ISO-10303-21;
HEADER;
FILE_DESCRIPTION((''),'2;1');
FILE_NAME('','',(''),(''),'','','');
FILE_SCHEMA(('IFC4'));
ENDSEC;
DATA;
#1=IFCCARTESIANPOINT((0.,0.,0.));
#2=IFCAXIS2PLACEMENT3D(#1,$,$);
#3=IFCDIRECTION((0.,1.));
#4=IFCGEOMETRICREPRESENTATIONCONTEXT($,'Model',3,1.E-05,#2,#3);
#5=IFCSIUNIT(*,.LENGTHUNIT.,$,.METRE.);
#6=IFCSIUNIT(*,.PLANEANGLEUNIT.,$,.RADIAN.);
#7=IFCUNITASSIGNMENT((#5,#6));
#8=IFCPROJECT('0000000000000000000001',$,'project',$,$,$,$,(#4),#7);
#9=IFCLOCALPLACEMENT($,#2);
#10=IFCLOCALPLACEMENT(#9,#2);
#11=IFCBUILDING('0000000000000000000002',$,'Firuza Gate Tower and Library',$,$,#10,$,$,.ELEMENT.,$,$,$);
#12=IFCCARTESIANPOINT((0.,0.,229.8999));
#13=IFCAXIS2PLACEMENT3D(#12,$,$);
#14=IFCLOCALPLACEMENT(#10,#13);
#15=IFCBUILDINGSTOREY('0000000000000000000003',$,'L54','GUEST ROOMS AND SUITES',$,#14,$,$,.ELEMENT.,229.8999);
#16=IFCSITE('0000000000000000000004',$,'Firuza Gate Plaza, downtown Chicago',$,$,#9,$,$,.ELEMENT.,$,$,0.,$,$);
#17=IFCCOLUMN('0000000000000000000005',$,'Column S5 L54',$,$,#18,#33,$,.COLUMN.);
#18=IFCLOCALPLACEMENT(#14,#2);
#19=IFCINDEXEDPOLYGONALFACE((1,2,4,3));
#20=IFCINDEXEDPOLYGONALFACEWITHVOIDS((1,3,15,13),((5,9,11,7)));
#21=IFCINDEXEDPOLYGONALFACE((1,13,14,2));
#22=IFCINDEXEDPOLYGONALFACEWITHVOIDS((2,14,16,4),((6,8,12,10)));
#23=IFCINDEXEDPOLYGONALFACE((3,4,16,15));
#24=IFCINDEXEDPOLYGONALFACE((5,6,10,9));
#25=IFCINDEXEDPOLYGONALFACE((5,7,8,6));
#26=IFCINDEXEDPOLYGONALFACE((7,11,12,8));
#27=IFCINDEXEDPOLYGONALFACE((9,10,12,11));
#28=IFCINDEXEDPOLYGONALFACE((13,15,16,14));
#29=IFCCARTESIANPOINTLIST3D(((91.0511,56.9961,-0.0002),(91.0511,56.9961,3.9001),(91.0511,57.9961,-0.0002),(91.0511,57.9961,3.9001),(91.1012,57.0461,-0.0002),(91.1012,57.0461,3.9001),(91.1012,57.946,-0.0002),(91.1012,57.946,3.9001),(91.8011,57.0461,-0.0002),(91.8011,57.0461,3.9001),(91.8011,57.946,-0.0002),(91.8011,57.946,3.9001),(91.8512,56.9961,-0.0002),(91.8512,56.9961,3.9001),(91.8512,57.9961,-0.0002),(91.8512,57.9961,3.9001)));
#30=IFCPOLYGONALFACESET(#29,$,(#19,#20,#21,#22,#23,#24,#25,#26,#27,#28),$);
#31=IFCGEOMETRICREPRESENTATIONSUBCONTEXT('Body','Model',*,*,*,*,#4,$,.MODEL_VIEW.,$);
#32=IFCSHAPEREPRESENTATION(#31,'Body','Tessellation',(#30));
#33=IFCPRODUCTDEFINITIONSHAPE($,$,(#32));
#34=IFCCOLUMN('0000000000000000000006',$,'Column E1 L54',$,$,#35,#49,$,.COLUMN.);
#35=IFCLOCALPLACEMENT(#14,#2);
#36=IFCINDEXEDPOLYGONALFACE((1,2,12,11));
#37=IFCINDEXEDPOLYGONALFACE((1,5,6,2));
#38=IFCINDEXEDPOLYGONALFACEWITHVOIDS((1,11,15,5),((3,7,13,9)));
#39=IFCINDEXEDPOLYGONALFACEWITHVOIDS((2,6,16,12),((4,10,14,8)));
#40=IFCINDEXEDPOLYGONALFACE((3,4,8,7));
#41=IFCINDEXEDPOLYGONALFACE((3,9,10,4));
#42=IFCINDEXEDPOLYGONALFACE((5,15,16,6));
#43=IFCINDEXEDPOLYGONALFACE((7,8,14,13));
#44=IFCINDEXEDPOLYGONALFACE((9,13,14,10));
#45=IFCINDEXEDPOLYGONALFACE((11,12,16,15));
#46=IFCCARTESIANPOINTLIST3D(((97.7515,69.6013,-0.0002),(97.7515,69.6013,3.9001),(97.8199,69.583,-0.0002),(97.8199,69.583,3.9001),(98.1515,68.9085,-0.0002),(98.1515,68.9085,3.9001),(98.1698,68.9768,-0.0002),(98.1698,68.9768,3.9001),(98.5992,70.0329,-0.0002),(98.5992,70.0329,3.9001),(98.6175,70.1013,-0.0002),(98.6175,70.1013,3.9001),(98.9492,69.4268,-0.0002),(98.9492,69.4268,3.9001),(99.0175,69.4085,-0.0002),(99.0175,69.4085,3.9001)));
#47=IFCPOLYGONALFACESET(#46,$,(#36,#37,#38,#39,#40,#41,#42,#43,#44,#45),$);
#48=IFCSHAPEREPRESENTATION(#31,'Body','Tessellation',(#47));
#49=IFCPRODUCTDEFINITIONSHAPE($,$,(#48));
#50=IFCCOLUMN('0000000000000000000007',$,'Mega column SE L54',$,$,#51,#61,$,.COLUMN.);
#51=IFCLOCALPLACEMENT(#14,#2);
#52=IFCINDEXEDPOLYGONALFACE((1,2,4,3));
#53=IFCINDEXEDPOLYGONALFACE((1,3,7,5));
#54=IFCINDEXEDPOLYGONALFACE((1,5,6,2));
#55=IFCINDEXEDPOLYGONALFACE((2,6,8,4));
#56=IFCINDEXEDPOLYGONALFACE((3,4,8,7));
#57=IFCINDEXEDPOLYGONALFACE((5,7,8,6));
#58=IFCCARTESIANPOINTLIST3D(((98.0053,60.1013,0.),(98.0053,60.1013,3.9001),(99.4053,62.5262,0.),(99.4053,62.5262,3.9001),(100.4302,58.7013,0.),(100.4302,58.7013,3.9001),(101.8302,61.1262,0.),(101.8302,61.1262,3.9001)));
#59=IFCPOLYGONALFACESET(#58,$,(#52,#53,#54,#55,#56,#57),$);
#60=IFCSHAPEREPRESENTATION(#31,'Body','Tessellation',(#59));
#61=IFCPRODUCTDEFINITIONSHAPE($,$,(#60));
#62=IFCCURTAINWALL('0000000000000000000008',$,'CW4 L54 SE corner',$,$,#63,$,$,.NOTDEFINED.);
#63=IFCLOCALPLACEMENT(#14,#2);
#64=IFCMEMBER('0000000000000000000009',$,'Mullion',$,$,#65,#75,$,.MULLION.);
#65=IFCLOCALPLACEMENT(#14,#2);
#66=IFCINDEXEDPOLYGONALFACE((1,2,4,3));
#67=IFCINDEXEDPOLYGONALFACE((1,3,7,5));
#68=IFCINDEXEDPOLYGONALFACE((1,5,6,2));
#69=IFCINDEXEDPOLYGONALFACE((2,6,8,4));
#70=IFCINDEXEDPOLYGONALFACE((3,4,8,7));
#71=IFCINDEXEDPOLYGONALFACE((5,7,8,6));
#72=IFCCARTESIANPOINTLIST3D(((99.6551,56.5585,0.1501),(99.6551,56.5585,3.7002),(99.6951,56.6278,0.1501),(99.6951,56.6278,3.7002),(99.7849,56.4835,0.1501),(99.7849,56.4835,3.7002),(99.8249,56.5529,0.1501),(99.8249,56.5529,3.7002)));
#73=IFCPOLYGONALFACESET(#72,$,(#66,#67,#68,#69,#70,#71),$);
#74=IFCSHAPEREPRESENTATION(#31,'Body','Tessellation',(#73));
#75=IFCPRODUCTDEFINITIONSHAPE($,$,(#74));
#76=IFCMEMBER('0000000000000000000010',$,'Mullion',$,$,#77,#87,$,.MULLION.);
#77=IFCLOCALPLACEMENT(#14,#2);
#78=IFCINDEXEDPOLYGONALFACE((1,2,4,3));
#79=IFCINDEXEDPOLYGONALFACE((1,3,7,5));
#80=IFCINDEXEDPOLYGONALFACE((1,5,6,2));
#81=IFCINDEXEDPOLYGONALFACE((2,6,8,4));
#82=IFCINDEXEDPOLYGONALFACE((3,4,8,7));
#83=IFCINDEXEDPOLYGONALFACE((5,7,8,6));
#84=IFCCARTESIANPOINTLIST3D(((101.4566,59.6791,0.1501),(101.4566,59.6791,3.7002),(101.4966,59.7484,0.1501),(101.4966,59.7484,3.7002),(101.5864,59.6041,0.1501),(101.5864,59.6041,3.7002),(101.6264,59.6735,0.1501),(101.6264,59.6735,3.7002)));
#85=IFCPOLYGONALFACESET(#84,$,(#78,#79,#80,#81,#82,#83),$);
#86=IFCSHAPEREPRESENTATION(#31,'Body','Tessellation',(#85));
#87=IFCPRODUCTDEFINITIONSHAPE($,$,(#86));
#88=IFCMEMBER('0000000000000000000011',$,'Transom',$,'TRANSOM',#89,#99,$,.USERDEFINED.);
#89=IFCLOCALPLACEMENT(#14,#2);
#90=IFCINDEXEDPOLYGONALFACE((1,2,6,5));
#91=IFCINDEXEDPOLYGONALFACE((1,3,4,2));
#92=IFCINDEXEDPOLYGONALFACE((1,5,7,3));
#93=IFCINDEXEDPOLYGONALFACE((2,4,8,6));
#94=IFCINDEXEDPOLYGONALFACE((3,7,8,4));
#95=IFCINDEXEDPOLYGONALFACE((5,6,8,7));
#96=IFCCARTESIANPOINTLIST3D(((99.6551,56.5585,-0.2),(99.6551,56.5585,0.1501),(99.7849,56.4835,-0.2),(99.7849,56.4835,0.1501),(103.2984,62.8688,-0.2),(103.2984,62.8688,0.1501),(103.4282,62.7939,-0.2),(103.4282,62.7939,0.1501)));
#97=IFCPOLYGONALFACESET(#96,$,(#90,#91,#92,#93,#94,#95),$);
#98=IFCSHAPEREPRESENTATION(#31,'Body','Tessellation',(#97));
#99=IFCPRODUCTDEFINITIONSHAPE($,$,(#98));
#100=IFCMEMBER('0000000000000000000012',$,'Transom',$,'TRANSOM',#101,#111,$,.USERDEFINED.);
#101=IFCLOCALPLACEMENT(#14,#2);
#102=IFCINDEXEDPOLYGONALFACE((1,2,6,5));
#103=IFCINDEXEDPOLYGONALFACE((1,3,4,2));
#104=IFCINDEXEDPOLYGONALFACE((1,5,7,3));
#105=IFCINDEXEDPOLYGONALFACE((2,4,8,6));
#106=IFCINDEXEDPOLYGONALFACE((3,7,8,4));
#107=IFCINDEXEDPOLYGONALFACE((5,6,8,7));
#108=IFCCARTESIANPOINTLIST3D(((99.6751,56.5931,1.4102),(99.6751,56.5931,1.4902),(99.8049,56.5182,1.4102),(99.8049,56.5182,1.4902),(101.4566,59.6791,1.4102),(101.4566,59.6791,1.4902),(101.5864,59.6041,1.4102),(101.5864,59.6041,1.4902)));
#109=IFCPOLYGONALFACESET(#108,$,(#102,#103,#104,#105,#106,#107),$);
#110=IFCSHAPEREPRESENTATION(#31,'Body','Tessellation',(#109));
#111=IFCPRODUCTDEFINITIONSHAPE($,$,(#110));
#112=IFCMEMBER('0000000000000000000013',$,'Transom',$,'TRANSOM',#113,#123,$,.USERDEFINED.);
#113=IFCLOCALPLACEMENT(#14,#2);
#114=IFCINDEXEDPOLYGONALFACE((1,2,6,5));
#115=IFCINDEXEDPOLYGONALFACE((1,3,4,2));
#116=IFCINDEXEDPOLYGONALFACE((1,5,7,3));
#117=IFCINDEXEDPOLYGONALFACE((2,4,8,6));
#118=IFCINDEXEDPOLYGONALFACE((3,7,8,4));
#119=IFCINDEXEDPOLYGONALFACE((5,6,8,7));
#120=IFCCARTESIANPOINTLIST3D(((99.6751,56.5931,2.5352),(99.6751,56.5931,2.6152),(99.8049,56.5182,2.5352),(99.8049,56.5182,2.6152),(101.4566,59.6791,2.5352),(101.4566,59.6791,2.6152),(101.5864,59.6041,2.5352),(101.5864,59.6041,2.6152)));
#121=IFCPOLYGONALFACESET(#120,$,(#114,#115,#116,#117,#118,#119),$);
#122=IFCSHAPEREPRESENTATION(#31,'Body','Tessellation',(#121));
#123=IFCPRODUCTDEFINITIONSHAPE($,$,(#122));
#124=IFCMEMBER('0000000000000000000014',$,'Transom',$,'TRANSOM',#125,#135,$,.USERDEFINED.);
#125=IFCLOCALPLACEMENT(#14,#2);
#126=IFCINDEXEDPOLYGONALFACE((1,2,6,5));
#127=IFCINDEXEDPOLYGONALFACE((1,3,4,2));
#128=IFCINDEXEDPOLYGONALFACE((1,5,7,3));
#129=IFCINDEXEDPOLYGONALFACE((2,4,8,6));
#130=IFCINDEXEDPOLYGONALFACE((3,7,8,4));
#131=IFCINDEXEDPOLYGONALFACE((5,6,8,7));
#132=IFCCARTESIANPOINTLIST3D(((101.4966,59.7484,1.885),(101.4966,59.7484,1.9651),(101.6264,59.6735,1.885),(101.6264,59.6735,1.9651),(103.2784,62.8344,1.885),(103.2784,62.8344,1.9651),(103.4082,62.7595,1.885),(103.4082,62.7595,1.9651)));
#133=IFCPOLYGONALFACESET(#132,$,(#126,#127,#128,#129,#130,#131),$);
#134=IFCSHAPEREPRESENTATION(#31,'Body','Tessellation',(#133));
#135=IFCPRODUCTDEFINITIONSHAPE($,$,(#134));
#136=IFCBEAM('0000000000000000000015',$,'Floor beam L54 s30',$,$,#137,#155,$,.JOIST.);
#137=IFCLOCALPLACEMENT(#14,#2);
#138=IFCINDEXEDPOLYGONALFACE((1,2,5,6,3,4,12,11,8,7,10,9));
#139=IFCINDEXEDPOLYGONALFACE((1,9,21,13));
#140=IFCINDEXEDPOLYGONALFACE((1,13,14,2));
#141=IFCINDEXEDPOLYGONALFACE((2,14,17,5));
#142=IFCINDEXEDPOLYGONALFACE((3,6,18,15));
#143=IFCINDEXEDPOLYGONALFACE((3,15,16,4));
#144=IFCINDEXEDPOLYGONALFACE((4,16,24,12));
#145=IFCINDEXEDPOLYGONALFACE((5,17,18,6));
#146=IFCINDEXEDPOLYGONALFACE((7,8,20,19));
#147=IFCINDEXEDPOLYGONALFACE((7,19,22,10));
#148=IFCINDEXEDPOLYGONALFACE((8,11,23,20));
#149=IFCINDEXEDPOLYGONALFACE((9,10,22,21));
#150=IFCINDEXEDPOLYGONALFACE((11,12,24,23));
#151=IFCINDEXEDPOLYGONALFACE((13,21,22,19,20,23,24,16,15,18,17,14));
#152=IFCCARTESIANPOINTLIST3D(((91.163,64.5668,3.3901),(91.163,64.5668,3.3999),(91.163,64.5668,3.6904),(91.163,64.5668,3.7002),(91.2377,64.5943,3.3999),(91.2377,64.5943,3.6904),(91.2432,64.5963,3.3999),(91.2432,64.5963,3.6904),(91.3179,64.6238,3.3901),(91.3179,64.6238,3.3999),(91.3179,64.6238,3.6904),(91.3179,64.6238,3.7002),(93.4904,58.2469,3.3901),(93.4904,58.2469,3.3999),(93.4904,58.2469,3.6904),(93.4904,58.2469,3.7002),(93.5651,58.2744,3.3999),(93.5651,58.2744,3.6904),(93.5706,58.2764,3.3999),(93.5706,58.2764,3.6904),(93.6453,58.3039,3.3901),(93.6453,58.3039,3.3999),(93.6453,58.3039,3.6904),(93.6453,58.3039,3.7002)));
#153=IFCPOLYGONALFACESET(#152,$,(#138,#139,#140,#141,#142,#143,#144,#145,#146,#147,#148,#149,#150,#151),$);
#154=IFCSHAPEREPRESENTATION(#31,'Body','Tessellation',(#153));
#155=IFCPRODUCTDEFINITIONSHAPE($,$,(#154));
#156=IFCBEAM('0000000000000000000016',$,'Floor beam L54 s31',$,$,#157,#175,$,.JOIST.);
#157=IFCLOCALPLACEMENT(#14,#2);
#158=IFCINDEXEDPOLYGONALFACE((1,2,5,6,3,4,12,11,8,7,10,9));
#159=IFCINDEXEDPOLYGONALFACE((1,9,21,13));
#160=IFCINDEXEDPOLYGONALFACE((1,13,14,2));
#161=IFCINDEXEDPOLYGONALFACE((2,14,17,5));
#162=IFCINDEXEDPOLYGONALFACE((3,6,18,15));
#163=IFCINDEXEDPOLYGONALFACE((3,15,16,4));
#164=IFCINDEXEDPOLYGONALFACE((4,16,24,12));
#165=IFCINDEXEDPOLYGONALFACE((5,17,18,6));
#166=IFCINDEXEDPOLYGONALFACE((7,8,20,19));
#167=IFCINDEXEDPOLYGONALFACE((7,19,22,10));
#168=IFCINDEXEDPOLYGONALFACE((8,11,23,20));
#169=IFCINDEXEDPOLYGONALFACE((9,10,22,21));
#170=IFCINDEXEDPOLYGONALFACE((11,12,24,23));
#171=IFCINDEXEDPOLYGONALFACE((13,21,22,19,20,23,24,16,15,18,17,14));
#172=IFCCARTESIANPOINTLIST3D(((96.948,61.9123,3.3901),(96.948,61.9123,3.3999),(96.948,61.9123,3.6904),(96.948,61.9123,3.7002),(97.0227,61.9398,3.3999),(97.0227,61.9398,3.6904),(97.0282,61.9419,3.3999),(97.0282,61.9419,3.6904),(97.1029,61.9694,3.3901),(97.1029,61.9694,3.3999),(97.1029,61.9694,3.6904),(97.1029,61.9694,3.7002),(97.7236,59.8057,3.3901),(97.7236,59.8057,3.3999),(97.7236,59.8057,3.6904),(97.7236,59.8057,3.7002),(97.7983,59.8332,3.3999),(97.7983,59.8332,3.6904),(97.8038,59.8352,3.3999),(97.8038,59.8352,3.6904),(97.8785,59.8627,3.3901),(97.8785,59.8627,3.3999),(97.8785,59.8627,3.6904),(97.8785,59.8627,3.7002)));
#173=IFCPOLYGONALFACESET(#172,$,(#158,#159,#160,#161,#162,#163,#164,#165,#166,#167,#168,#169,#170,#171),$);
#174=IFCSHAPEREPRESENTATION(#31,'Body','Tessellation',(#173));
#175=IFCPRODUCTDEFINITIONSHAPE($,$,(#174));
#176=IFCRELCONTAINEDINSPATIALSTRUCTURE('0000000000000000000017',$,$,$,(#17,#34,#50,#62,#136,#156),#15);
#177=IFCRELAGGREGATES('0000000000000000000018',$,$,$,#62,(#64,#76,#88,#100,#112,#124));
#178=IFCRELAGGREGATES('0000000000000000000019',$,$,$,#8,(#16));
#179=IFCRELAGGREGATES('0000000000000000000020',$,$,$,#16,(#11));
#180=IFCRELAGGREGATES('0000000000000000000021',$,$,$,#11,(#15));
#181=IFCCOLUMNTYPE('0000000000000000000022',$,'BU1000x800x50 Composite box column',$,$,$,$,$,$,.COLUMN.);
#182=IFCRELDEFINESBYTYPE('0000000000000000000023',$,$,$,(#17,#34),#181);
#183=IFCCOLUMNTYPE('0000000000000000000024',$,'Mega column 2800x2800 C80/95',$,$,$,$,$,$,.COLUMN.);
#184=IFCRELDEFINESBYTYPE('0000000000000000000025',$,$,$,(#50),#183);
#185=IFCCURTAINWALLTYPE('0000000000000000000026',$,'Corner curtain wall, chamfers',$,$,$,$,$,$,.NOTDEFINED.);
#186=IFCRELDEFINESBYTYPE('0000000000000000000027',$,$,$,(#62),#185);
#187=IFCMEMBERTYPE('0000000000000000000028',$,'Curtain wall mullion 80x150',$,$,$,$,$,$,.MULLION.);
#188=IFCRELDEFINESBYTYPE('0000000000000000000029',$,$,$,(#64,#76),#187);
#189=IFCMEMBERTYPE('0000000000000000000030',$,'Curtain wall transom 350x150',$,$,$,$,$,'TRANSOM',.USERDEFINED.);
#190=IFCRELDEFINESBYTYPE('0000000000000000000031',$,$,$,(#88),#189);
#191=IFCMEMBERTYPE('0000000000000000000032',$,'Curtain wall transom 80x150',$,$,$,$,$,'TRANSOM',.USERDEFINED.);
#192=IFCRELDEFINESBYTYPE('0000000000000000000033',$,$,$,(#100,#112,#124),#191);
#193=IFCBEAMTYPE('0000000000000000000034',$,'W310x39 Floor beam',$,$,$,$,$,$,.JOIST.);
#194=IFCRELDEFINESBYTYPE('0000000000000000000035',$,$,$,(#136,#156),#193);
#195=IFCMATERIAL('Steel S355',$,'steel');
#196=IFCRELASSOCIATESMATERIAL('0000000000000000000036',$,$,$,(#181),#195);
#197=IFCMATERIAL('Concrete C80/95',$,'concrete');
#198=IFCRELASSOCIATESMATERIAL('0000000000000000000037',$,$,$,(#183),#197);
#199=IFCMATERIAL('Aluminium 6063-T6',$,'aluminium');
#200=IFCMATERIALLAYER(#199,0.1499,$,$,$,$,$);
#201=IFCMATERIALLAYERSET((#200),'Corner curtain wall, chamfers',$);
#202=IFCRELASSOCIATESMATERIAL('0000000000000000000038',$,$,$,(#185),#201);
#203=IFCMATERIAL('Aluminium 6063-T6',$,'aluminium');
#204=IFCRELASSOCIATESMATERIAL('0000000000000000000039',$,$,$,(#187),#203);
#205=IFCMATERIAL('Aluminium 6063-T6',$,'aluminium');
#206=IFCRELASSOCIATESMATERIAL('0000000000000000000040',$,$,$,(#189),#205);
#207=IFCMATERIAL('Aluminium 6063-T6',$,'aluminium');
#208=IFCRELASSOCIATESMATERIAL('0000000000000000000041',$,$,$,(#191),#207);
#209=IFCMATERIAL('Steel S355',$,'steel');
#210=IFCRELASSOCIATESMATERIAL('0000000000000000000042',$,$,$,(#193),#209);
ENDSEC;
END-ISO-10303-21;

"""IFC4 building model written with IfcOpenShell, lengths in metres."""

from ifc_helpers import new_model, si_unit, direction, frame, origin, origin_2d, place, context, subcontext, project, spatial, rectangle, hollow_rectangle, i_section, extrude, material, layer, layer_set, material_profile, profile_set, type_object, element, aggregate, save


model = new_model("IFC4")

# Units and contexts
model_context = context("Model", 3, precision=1e-05, world=origin(), true_north=direction((0.0, 1.0)))
body_context = subcontext(model_context, "Body", "Model", "MODEL_VIEW")
ifc_project = project(units=[si_unit("LENGTHUNIT", "METRE"), si_unit("PLANEANGLEUNIT", "RADIAN")], contexts=[model_context])

# Site, building, storey
site_placement = place(None, origin())
site = spatial("IfcSite", under=ifc_project, at=site_placement, Name="Firuza Gate Plaza, downtown Chicago", CompositionType="ELEMENT", RefElevation=0.0)
building_placement = place(site_placement, origin())
building = spatial("IfcBuilding", under=site, at=building_placement, Name="Firuza Gate Tower and Library", CompositionType="ELEMENT")
storey_placement = place(building_placement, frame((0.0, 0.0, 229.8999)))
storey = spatial("IfcBuildingStorey", under=building, at=storey_placement, Name="L54", Description="GUEST ROOMS AND SUITES", CompositionType="ELEMENT", Elevation=229.8999)

# Columns
ifc_material_1 = material(Name="Steel S355", Category="steel")
ifc_material_profile_1 = material_profile(ifc_material_1, hollow_rectangle(XDim=0.8, YDim=1.0, WallThickness=0.05, at=origin_2d()))
ifc_profile_set_1 = profile_set([ifc_material_profile_1], Name="Steel S355")
column_type_1 = type_object("IfcColumnType", Name="BU1000x800x50 Composite box column", PredefinedType="COLUMN", material=ifc_profile_set_1)
for number, where, z_axis, x_axis, name in (
    (1, (91.4512, 57.4961, -0.0002), (0.0, 0.0, 1.0), (1.0, 0.0, 0.0), "Column S5 L54"),
    (2, (98.3845, 69.5049, -0.0002), (0.0, 0.0, 1.0), (-0.5, 0.866025, 0.0), "Column E1 L54"),
):
    element("IfcColumn", number, at=place(storey_placement, frame(where, z_axis=z_axis, x_axis=x_axis)), inside=storey, type_object=column_type_1, Name=name, PredefinedType="COLUMN", context=body_context, shape_type="SweptSolid", body=[
        extrude(hollow_rectangle(XDim=0.8, YDim=1.0, WallThickness=0.05, at=origin_2d()), origin(), (0.0, 0.0, 1.0), 3.9004),
    ])
ifc_material_2 = material(Name="Concrete C80/95", Category="concrete")
ifc_material_profile_2 = material_profile(ifc_material_2, rectangle(XDim=2.8, YDim=2.8, at=origin_2d()))
ifc_profile_set_2 = profile_set([ifc_material_profile_2], Name="Concrete C80/95")
column_type_2 = type_object("IfcColumnType", Name="Mega column 2800x2800 C80/95", PredefinedType="COLUMN", material=ifc_profile_set_2)
column_placement = place(storey_placement, frame((99.9177, 60.6138, 0.0), z_axis=(0.0, 0.0, 1.0), x_axis=(0.5, 0.866025, 0.0)))
element("IfcColumn", 3, at=column_placement, inside=storey, type_object=column_type_2, Name="Mega column SE L54", PredefinedType="COLUMN", context=body_context, shape_type="SweptSolid", body=[
    extrude(rectangle(XDim=2.8, YDim=2.8, at=origin_2d()), origin(), (0.0, 0.0, 1.0), 3.9001),
])

# Curtain wall, members
ifc_material_3 = material(Name="Aluminium 6063-T6", Category="aluminium")
ifc_layer_1 = layer(ifc_material_3, 0.1499)
ifc_layer_set_1 = layer_set([ifc_layer_1], Name="Corner curtain wall, chamfers")
curtain_wall_type = type_object("IfcCurtainWallType", Name="Corner curtain wall, chamfers", PredefinedType="NOTDEFINED", material=ifc_layer_set_1)
curtain_wall_placement = place(storey_placement, origin())
curtain_wall = element("IfcCurtainWall", 4, at=curtain_wall_placement, inside=storey, type_object=curtain_wall_type, Name="CW4 L54 SE corner", PredefinedType="NOTDEFINED")
ifc_material_4 = material(Name="Aluminium 6063-T6", Category="aluminium")
ifc_material_profile_3 = material_profile(ifc_material_4, rectangle(XDim=0.1499, YDim=0.0801, at=origin_2d()))
ifc_profile_set_3 = profile_set([ifc_material_profile_3], Name="Aluminium 6063-T6")
member_type_1 = type_object("IfcMemberType", Name="Curtain wall mullion 80x150", PredefinedType="MULLION", material=ifc_profile_set_3)
member_1_placement = place(storey_placement, frame((99.74, 56.5557, 0.1501), z_axis=(0.0, 0.0, 1.0), x_axis=(-0.866025, 0.5, 0.0)))
member_1 = element("IfcMember", 5, at=member_1_placement, type_object=member_type_1, Name="Mullion", PredefinedType="MULLION", context=body_context, shape_type="SweptSolid", body=[
    extrude(rectangle(XDim=0.1499, YDim=0.0801, at=origin_2d()), origin(), (0.0, 0.0, 1.0), 3.55),
])
member_2_placement = place(storey_placement, frame((101.5415, 59.6763, 0.1501), z_axis=(0.0, 0.0, 1.0), x_axis=(-0.866025, 0.5, 0.0)))
member_2 = element("IfcMember", 6, at=member_2_placement, type_object=member_type_1, Name="Mullion", PredefinedType="MULLION", context=body_context, shape_type="SweptSolid", body=[
    extrude(rectangle(XDim=0.1499, YDim=0.0801, at=origin_2d()), origin(), (0.0, 0.0, 1.0), 3.55),
])
ifc_material_5 = material(Name="Aluminium 6063-T6", Category="aluminium")
ifc_material_profile_4 = material_profile(ifc_material_5, rectangle(XDim=0.1499, YDim=0.3501, at=origin_2d()))
ifc_profile_set_4 = profile_set([ifc_material_profile_4], Name="Aluminium 6063-T6")
member_type_2 = type_object("IfcMemberType", Name="Curtain wall transom 350x150", ElementType="TRANSOM", PredefinedType="USERDEFINED", material=ifc_profile_set_4)
member_3_placement = place(storey_placement, frame((99.72, 56.521, -0.0249), z_axis=(0.500006, 0.866022, 0.0), x_axis=(-0.866022, 0.500006, 0.0)))
member_3 = element("IfcMember", 7, at=member_3_placement, type_object=member_type_2, Name="Transom", ObjectType="TRANSOM", PredefinedType="USERDEFINED", context=body_context, shape_type="SweptSolid", body=[
    extrude(rectangle(XDim=0.1499, YDim=0.3501, at=origin_2d()), origin(), (0.0, 0.0, 1.0), 7.2866),
])
ifc_material_6 = material(Name="Aluminium 6063-T6", Category="aluminium")
ifc_material_profile_5 = material_profile(ifc_material_6, rectangle(XDim=0.1499, YDim=0.0801, at=origin_2d()))
ifc_profile_set_5 = profile_set([ifc_material_profile_5], Name="Aluminium 6063-T6")
member_type_3 = type_object("IfcMemberType", Name="Curtain wall transom 80x150", ElementType="TRANSOM", PredefinedType="USERDEFINED", material=ifc_profile_set_5)
member_4_placement = place(storey_placement, frame((99.74, 56.5557, 1.4502), z_axis=(0.499964, 0.866046, 0.0), x_axis=(-0.866046, 0.499964, 0.0)))
member_4 = element("IfcMember", 8, at=member_4_placement, type_object=member_type_3, Name="Transom", ObjectType="TRANSOM", PredefinedType="USERDEFINED", context=body_context, shape_type="SweptSolid", body=[
    extrude(rectangle(XDim=0.1499, YDim=0.0801, at=origin_2d()), origin(), (0.0, 0.0, 1.0), 3.5632),
])
member_5_placement = place(storey_placement, frame((99.74, 56.5557, 2.5752), z_axis=(0.499964, 0.866046, 0.0), x_axis=(-0.866046, 0.499964, 0.0)))
member_5 = element("IfcMember", 9, at=member_5_placement, type_object=member_type_3, Name="Transom", ObjectType="TRANSOM", PredefinedType="USERDEFINED", context=body_context, shape_type="SweptSolid", body=[
    extrude(rectangle(XDim=0.1499, YDim=0.0801, at=origin_2d()), origin(), (0.0, 0.0, 1.0), 3.5632),
])
member_6_placement = place(storey_placement, frame((101.5615, 59.7109, 1.925), z_axis=(0.500015, 0.866017, 0.0), x_axis=(-0.866017, 0.500015, 0.0)))
member_6 = element("IfcMember", 10, at=member_6_placement, type_object=member_type_3, Name="Transom", ObjectType="TRANSOM", PredefinedType="USERDEFINED", context=body_context, shape_type="SweptSolid", body=[
    extrude(rectangle(XDim=0.1499, YDim=0.0801, at=origin_2d()), origin(), (0.0, 0.0, 1.0), 3.5635),
])

# Beams
ifc_material_7 = material(Name="Steel S355", Category="steel")
ifc_material_profile_6 = material_profile(ifc_material_7, i_section(OverallWidth=0.165, OverallDepth=0.3101, WebThickness=0.0059, FlangeThickness=0.0098, at=origin_2d()))
ifc_profile_set_6 = profile_set([ifc_material_profile_6], Name="Steel S355")
beam_type_1 = type_object("IfcBeamType", Name="W310x39 Floor beam", PredefinedType="JOIST", material=ifc_profile_set_6)
beam_1_placement = place(storey_placement, frame((93.5679, 58.2754, 3.5452), z_axis=(-0.345579, 0.93839, 0.0), x_axis=(-0.93839, -0.345579, 0.0)))
element("IfcBeam", 11, at=beam_1_placement, inside=storey, type_object=beam_type_1, Name="Floor beam L54 s30", PredefinedType="JOIST", context=body_context, shape_type="SweptSolid", body=[
    extrude(i_section(OverallWidth=0.165, OverallDepth=0.3101, WebThickness=0.0059, FlangeThickness=0.0098, at=origin_2d()), origin(), (0.0, 0.0, 1.0), 6.7349),
])
beam_2_placement = place(storey_placement, frame((97.801, 59.8342, 3.5452), z_axis=(-0.345504, 0.938417, 0.0), x_axis=(-0.938417, -0.345504, 0.0)))
element("IfcBeam", 12, at=beam_2_placement, inside=storey, type_object=beam_type_1, Name="Floor beam L54 s31", PredefinedType="JOIST", context=body_context, shape_type="SweptSolid", body=[
    extrude(i_section(OverallWidth=0.165, OverallDepth=0.3101, WebThickness=0.0059, FlangeThickness=0.0098, at=origin_2d()), origin(), (0.0, 0.0, 1.0), 2.2449),
])

aggregate(curtain_wall, [member_1, member_2, member_3, member_4, member_5, member_6])

save(model, "model.ifc")
